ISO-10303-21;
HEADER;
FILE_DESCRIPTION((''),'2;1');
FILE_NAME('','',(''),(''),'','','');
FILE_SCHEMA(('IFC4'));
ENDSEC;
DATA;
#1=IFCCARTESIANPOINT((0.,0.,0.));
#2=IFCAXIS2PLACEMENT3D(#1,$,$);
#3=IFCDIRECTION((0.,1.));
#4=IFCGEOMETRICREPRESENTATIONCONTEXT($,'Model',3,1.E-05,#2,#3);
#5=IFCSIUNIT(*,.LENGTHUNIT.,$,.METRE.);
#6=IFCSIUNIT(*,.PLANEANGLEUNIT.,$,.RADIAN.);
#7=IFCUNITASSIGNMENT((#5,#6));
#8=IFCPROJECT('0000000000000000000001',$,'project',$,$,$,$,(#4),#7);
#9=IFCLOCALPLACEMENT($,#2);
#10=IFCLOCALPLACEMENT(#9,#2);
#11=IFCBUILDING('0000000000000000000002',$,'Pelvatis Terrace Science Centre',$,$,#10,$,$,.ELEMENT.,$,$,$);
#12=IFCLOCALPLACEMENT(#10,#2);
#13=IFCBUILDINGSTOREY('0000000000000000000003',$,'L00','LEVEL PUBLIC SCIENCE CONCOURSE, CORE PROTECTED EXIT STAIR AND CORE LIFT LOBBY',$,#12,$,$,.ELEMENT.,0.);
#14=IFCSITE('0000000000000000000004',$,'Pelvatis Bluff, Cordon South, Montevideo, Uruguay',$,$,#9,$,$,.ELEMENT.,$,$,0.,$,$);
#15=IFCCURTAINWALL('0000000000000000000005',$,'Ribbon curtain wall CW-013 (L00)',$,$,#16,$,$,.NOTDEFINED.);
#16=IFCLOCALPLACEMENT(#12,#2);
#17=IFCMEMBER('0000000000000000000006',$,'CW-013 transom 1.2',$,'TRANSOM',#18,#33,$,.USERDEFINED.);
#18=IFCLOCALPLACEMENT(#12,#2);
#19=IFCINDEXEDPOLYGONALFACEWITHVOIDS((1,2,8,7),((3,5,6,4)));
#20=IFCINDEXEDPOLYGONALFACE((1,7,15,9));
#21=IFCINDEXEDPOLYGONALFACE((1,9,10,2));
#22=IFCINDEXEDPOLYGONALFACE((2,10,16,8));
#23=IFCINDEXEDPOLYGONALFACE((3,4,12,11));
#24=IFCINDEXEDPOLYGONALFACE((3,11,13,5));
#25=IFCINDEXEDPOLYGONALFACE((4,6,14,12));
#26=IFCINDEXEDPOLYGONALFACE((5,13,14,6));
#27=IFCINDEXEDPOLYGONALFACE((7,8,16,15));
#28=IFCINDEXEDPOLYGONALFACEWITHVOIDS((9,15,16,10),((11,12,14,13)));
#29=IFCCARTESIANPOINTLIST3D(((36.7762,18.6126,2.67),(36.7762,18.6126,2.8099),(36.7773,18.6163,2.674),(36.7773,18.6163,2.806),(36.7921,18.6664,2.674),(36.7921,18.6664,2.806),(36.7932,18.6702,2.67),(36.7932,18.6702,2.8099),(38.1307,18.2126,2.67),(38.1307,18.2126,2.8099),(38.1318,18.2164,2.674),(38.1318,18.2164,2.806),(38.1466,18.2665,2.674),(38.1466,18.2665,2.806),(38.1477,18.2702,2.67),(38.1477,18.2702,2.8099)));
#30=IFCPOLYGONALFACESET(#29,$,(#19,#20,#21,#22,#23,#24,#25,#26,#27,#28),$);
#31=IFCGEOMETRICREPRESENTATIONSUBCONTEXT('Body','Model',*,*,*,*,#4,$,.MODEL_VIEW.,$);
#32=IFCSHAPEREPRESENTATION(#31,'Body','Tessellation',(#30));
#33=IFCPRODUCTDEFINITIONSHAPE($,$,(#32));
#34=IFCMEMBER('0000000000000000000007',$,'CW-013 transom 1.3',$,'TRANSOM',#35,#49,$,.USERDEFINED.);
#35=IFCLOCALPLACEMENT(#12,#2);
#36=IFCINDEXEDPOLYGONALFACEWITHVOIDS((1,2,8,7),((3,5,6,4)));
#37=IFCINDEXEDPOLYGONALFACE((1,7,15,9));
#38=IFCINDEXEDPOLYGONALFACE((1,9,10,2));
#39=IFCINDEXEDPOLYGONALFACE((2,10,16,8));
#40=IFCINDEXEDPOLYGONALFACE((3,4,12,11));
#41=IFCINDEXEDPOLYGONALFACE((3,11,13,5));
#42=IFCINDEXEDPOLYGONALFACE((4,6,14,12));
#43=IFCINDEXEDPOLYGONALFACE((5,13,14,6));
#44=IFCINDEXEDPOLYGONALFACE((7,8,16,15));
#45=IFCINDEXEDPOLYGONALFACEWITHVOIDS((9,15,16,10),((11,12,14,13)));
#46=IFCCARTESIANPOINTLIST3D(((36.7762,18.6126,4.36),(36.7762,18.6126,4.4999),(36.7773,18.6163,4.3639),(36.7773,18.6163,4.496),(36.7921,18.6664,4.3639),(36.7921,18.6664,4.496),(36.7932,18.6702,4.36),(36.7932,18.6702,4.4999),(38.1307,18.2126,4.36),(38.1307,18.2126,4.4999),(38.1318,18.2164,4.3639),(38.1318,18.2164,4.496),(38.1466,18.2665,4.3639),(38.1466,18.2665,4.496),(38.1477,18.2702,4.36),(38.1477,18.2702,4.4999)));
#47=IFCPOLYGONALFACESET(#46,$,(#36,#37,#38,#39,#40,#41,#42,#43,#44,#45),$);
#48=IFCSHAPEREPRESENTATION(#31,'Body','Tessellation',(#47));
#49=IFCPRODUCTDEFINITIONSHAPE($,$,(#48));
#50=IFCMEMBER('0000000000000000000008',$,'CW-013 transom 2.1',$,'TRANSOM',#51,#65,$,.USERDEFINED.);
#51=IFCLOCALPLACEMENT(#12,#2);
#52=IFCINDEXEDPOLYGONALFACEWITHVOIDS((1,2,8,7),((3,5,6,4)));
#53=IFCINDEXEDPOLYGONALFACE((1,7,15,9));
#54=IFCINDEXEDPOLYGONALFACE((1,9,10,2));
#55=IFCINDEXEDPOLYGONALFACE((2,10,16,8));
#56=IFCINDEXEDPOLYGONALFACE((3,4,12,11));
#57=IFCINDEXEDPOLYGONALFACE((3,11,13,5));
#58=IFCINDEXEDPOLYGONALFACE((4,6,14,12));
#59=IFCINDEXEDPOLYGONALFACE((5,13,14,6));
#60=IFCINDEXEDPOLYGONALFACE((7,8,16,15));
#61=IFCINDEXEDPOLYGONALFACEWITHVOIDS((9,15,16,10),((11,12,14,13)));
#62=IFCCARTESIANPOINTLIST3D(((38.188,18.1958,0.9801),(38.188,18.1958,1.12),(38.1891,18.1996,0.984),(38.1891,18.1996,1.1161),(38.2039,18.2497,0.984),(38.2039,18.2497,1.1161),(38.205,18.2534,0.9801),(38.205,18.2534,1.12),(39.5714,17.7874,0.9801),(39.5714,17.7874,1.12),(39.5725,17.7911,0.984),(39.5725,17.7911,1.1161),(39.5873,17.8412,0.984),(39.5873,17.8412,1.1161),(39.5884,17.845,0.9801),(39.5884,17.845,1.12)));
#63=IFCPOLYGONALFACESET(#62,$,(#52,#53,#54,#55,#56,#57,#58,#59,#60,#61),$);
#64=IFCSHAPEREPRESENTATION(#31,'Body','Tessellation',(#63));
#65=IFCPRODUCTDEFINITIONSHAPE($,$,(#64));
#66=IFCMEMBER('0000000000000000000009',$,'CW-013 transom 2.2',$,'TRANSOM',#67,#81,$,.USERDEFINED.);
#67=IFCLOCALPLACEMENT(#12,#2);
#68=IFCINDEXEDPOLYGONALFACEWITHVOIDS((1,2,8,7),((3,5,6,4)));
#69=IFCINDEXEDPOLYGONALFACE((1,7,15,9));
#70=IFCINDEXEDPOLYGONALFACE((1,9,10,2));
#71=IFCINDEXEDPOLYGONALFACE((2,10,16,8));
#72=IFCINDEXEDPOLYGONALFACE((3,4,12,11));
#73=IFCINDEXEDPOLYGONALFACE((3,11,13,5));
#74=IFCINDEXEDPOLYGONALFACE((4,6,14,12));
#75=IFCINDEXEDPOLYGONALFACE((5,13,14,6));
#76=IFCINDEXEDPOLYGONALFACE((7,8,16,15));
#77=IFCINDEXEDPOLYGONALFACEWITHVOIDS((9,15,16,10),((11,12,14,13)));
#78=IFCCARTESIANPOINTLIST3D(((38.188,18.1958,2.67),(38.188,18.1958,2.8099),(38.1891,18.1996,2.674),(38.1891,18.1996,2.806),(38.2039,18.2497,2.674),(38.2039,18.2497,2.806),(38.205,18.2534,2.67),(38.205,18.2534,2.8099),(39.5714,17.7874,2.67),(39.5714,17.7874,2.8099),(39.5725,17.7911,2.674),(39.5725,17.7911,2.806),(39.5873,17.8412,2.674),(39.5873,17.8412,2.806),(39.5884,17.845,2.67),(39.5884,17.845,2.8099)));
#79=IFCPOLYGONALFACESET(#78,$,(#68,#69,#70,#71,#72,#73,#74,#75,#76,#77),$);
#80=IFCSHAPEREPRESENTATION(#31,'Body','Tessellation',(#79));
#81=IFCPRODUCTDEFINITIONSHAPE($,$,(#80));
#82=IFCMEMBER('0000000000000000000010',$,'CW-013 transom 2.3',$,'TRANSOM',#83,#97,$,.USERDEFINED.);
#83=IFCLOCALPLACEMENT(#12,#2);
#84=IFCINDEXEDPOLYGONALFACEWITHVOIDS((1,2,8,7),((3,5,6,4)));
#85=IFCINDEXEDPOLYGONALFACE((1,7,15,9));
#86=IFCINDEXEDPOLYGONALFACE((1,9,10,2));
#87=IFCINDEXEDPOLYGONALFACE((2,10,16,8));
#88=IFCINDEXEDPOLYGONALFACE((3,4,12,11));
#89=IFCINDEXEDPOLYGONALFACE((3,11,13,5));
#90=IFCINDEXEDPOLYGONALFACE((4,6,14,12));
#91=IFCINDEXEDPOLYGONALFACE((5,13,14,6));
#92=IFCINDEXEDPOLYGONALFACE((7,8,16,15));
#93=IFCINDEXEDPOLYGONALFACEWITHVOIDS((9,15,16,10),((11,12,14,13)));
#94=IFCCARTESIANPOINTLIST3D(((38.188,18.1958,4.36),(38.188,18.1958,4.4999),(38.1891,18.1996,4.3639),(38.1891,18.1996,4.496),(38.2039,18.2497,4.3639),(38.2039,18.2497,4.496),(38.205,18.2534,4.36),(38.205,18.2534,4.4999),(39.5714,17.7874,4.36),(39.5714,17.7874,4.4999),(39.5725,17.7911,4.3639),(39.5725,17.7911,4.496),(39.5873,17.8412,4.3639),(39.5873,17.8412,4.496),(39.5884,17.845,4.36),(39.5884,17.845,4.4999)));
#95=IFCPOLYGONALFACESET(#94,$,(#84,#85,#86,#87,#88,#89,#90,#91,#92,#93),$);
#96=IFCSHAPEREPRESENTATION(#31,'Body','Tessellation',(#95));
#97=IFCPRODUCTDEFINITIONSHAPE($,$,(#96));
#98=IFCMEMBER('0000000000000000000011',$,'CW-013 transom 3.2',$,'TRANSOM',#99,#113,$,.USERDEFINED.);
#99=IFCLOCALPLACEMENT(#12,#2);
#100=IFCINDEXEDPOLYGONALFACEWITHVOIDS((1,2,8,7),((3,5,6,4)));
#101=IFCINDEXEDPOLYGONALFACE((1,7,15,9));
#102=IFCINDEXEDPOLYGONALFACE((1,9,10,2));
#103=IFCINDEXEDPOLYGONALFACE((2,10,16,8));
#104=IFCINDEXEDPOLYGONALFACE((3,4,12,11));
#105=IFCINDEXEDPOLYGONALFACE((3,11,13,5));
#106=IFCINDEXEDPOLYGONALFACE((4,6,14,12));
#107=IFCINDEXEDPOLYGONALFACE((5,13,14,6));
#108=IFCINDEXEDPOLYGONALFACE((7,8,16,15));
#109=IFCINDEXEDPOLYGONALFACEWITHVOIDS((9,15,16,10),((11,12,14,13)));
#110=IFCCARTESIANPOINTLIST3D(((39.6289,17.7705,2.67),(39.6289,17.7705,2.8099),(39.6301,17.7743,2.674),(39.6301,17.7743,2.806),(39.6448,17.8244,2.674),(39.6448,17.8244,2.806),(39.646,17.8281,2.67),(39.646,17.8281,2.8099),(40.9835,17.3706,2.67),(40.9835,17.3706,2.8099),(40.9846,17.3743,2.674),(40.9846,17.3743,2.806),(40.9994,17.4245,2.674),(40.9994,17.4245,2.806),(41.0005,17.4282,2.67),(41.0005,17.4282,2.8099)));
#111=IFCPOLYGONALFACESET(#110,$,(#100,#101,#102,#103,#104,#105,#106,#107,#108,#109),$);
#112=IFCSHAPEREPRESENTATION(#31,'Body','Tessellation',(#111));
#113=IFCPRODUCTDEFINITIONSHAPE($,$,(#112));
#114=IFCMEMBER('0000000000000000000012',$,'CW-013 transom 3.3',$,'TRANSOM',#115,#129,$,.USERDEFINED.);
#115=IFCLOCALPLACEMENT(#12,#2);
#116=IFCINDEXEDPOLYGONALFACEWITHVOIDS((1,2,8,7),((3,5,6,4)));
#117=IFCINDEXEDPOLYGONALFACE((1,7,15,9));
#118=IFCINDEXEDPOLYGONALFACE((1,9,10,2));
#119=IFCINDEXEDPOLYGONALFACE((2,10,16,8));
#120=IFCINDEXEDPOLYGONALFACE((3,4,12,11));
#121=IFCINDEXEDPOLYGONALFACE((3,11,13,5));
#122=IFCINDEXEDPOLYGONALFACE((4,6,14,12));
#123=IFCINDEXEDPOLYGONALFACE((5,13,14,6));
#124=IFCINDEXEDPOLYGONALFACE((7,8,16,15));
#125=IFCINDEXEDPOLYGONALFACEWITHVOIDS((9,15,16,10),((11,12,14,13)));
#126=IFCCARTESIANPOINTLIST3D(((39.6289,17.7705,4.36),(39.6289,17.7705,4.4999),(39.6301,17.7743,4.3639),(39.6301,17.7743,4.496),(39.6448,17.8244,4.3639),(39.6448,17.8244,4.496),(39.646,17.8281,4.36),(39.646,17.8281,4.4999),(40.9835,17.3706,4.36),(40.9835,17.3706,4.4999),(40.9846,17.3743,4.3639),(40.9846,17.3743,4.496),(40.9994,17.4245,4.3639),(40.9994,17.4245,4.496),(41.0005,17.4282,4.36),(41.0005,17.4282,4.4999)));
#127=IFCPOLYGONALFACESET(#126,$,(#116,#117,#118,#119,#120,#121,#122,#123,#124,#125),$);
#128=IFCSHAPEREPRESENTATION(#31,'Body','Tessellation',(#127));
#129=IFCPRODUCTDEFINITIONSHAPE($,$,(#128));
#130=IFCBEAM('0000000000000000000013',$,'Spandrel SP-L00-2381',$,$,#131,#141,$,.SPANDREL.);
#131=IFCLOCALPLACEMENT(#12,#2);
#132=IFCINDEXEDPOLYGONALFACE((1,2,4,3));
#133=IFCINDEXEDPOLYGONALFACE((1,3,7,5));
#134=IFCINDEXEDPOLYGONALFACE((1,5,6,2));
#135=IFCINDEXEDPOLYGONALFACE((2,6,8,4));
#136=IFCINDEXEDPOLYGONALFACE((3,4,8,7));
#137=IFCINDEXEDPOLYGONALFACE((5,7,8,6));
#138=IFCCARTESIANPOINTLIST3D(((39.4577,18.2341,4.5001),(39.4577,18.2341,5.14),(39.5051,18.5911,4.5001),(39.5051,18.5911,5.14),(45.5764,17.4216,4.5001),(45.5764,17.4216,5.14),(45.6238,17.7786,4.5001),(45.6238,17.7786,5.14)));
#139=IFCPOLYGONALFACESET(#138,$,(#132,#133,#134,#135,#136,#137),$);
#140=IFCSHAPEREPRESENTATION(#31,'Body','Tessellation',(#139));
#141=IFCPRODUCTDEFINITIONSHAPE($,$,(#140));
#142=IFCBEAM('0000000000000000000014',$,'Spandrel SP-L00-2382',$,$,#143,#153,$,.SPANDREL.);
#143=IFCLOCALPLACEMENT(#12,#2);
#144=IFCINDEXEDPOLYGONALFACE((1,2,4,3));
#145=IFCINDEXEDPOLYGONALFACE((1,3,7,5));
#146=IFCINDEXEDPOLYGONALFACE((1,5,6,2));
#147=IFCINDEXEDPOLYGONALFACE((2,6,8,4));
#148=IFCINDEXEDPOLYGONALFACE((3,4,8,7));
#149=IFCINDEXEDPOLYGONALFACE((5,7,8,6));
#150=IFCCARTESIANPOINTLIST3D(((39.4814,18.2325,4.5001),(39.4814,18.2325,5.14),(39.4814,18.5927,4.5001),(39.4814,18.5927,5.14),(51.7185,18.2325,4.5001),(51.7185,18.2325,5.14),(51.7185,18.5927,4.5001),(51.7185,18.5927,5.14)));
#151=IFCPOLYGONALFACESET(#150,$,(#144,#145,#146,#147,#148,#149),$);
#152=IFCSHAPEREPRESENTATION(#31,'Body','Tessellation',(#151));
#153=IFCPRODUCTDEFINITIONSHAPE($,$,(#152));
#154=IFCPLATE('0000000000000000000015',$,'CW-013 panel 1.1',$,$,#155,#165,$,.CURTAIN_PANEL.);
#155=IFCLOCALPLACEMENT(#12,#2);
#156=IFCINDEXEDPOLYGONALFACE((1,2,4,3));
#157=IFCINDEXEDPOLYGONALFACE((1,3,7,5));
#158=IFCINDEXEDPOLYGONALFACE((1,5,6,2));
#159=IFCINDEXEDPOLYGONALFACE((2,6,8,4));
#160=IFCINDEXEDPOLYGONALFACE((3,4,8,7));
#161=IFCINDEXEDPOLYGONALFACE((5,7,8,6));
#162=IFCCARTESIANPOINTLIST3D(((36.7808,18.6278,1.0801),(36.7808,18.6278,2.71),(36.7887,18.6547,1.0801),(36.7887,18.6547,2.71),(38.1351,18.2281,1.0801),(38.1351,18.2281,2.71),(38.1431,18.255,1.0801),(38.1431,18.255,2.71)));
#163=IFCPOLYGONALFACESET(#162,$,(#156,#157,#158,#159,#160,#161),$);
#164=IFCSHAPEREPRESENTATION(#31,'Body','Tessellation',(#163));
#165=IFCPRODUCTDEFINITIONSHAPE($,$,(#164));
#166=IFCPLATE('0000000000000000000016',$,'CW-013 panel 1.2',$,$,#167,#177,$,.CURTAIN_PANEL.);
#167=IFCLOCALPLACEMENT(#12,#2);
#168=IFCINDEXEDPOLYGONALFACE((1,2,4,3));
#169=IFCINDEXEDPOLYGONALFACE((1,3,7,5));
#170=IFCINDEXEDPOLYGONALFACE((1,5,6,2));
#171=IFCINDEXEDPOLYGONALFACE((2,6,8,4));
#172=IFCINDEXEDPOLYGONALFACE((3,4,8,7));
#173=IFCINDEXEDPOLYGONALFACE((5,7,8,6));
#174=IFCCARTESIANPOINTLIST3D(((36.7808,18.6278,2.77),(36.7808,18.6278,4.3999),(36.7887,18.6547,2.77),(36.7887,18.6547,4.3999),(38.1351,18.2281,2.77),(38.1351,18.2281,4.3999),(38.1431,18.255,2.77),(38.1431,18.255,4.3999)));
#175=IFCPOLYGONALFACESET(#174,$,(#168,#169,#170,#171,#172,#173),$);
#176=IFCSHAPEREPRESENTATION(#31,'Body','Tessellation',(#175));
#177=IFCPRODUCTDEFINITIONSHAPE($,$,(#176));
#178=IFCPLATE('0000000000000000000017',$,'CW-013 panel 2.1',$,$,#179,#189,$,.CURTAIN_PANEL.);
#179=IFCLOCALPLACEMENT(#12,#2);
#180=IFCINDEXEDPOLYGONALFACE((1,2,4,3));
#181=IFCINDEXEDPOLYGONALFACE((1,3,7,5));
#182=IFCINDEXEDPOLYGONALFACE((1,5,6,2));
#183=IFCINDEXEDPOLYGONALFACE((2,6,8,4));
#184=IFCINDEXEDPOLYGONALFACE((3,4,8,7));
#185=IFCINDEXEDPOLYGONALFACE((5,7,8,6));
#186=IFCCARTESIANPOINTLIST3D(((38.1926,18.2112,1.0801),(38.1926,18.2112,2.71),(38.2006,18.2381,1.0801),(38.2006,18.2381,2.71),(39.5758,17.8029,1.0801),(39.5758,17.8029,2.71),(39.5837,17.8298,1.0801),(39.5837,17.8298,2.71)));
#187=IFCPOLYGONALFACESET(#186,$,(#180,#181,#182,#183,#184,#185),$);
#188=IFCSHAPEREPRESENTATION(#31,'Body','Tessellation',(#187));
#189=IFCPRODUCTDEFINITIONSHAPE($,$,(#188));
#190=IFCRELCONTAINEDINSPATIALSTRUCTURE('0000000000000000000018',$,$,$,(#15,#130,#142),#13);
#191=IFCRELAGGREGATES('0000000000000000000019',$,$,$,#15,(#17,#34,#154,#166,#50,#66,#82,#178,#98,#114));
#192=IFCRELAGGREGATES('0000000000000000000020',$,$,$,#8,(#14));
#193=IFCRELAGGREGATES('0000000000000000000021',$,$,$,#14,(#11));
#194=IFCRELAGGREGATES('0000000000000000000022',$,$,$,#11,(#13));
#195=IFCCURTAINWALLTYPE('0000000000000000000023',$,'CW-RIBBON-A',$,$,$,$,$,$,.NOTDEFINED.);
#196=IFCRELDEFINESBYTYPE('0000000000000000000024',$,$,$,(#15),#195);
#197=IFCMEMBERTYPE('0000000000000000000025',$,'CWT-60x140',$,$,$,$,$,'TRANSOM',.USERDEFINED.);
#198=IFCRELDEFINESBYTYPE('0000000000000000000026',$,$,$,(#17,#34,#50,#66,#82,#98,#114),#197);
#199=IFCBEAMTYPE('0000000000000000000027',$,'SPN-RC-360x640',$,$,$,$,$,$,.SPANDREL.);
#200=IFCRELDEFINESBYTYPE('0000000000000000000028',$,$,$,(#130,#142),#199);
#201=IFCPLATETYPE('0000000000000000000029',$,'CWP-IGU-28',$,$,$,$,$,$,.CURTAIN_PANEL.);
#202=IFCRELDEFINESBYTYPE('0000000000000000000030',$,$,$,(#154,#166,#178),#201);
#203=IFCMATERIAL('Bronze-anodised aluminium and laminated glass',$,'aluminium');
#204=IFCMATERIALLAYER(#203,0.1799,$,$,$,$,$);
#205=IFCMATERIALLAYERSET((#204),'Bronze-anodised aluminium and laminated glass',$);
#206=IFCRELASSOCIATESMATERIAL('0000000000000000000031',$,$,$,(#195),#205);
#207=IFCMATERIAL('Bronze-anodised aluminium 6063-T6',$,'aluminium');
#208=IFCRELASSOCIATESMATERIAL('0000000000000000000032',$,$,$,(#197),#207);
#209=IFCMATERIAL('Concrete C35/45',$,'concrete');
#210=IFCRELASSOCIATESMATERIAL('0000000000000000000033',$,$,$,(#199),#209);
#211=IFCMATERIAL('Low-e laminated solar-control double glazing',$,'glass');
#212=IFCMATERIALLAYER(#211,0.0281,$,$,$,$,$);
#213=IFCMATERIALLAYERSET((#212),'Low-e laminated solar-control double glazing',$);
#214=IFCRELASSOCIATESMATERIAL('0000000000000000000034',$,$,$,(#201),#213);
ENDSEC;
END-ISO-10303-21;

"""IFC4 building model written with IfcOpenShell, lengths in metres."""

from ifc_helpers import new_model, si_unit, direction, frame, origin, origin_2d, place, context, subcontext, project, spatial, rectangle, hollow_rectangle, extrude, material, layer, layer_set, material_profile, profile_set, type_object, element, aggregate, save


model = new_model("IFC4")

# Units and contexts
model_context = context("Model", 3, precision=1e-05, world=origin(), true_north=direction((0.0, 1.0)))
body_context = subcontext(model_context, "Body", "Model", "MODEL_VIEW")
ifc_project = project(units=[si_unit("LENGTHUNIT", "METRE"), si_unit("PLANEANGLEUNIT", "RADIAN")], contexts=[model_context])

# Site, building, storey
site_placement = place(None, origin())
site = spatial("IfcSite", under=ifc_project, at=site_placement, Name="Pelvatis Bluff, Cordon South, Montevideo, Uruguay", CompositionType="ELEMENT", RefElevation=0.0)
building_placement = place(site_placement, origin())
building = spatial("IfcBuilding", under=site, at=building_placement, Name="Pelvatis Terrace Science Centre", CompositionType="ELEMENT")
storey_placement = place(building_placement, origin())
storey = spatial("IfcBuildingStorey", under=building, at=storey_placement, Name="L00", Description="LEVEL PUBLIC SCIENCE CONCOURSE, CORE PROTECTED EXIT STAIR AND CORE LIFT LOBBY", CompositionType="ELEMENT", Elevation=0.0)

# Curtain wall, members
ifc_material_1 = material(Name="Bronze-anodised aluminium and laminated glass", Category="aluminium")
ifc_layer_1 = layer(ifc_material_1, 0.1799)
ifc_layer_set_1 = layer_set([ifc_layer_1], Name="Bronze-anodised aluminium and laminated glass")
curtain_wall_type = type_object("IfcCurtainWallType", Name="CW-RIBBON-A", PredefinedType="NOTDEFINED", material=ifc_layer_set_1)
curtain_wall_placement = place(storey_placement, origin())
curtain_wall = element("IfcCurtainWall", 1, at=curtain_wall_placement, inside=storey, type_object=curtain_wall_type, Name="Ribbon curtain wall CW-013 (L00)", PredefinedType="NOTDEFINED")
ifc_material_2 = material(Name="Bronze-anodised aluminium 6063-T6", Category="aluminium")
ifc_material_profile_1 = material_profile(ifc_material_2, hollow_rectangle(XDim=0.0601, YDim=0.1399, WallThickness=0.0039, at=origin_2d()), Name="ALU-TRN 60x140")
ifc_profile_set_1 = profile_set([ifc_material_profile_1], Name="Bronze-anodised aluminium 6063-T6")
member_type_1 = type_object("IfcMemberType", Name="CWT-60x140", ElementType="TRANSOM", PredefinedType="USERDEFINED", material=ifc_profile_set_1)
member_1_placement = place(storey_placement, frame((36.7847, 18.6414, 2.74), z_axis=(0.959073, -0.283158, 0.0), x_axis=(0.283158, 0.959073, 0.0)))
member_1 = element("IfcMember", 2, at=member_1_placement, type_object=member_type_1, Name="CW-013 transom 1.2", ObjectType="TRANSOM", PredefinedType="USERDEFINED", context=body_context, shape_type="SweptSolid", body=[
    extrude(hollow_rectangle(XDim=0.0601, YDim=0.1399, WallThickness=0.0039, at=origin_2d()), origin(), (0.0, 0.0, 1.0), 1.4124),
])
member_2_placement = place(storey_placement, frame((36.7847, 18.6414, 4.4299), z_axis=(0.959073, -0.283158, 0.0), x_axis=(0.283158, 0.959073, 0.0)))
member_2 = element("IfcMember", 3, at=member_2_placement, type_object=member_type_1, Name="CW-013 transom 1.3", ObjectType="TRANSOM", PredefinedType="USERDEFINED", context=body_context, shape_type="SweptSolid", body=[
    extrude(hollow_rectangle(XDim=0.0601, YDim=0.1399, WallThickness=0.0039, at=origin_2d()), origin(), (0.0, 0.0, 1.0), 1.4124),
])
member_3_placement = place(storey_placement, frame((38.1965, 18.2246, 1.05), z_axis=(0.959066, -0.283183, 0.0), x_axis=(0.283183, 0.959066, 0.0)))
member_3 = element("IfcMember", 4, at=member_3_placement, type_object=member_type_1, Name="CW-013 transom 2.1", ObjectType="TRANSOM", PredefinedType="USERDEFINED", context=body_context, shape_type="SweptSolid", body=[
    extrude(hollow_rectangle(XDim=0.0601, YDim=0.1399, WallThickness=0.0039, at=origin_2d()), origin(), (0.0, 0.0, 1.0), 1.4424),
])
member_4_placement = place(storey_placement, frame((38.1965, 18.2246, 2.74), z_axis=(0.959066, -0.283183, 0.0), x_axis=(0.283183, 0.959066, 0.0)))
member_4 = element("IfcMember", 5, at=member_4_placement, type_object=member_type_1, Name="CW-013 transom 2.2", ObjectType="TRANSOM", PredefinedType="USERDEFINED", context=body_context, shape_type="SweptSolid", body=[
    extrude(hollow_rectangle(XDim=0.0601, YDim=0.1399, WallThickness=0.0039, at=origin_2d()), origin(), (0.0, 0.0, 1.0), 1.4424),
])
member_5_placement = place(storey_placement, frame((38.1965, 18.2246, 4.4299), z_axis=(0.959066, -0.283183, 0.0), x_axis=(0.283183, 0.959066, 0.0)))
member_5 = element("IfcMember", 6, at=member_5_placement, type_object=member_type_1, Name="CW-013 transom 2.3", ObjectType="TRANSOM", PredefinedType="USERDEFINED", context=body_context, shape_type="SweptSolid", body=[
    extrude(hollow_rectangle(XDim=0.0601, YDim=0.1399, WallThickness=0.0039, at=origin_2d()), origin(), (0.0, 0.0, 1.0), 1.4424),
])
member_6_placement = place(storey_placement, frame((39.6375, 17.7993, 2.74), z_axis=(0.959073, -0.283158, 0.0), x_axis=(0.283158, 0.959073, 0.0)))
member_6 = element("IfcMember", 7, at=member_6_placement, type_object=member_type_1, Name="CW-013 transom 3.2", ObjectType="TRANSOM", PredefinedType="USERDEFINED", context=body_context, shape_type="SweptSolid", body=[
    extrude(hollow_rectangle(XDim=0.0601, YDim=0.1399, WallThickness=0.0039, at=origin_2d()), origin(), (0.0, 0.0, 1.0), 1.4124),
])
member_7_placement = place(storey_placement, frame((39.6375, 17.7993, 4.4299), z_axis=(0.959073, -0.283158, 0.0), x_axis=(0.283158, 0.959073, 0.0)))
member_7 = element("IfcMember", 8, at=member_7_placement, type_object=member_type_1, Name="CW-013 transom 3.3", ObjectType="TRANSOM", PredefinedType="USERDEFINED", context=body_context, shape_type="SweptSolid", body=[
    extrude(hollow_rectangle(XDim=0.0601, YDim=0.1399, WallThickness=0.0039, at=origin_2d()), origin(), (0.0, 0.0, 1.0), 1.4124),
])

# Beams
ifc_material_3 = material(Name="Concrete C35/45", Category="concrete")
ifc_material_profile_2 = material_profile(ifc_material_3, rectangle(XDim=0.3601, YDim=0.6399, at=origin_2d()), Name="RC-SPN 360x640")
ifc_profile_set_2 = profile_set([ifc_material_profile_2], Name="Concrete C35/45")
beam_type = type_object("IfcBeamType", Name="SPN-RC-360x640", PredefinedType="SPANDREL", material=ifc_profile_set_2)
beam_1_placement = place(storey_placement, frame((39.4814, 18.4126, 4.8201), z_axis=(0.991298, -0.131635, 0.0), x_axis=(0.131635, 0.991298, 0.0)))
element("IfcBeam", 9, at=beam_1_placement, inside=storey, type_object=beam_type, Name="Spandrel SP-L00-2381", PredefinedType="SPANDREL", context=body_context, shape_type="SweptSolid", body=[
    extrude(rectangle(XDim=0.3601, YDim=0.6399, at=origin_2d()), origin(), (0.0, 0.0, 1.0), 6.1724),
])
beam_2_placement = place(storey_placement, frame((39.4814, 18.4126, 4.8201), z_axis=(1.0, 0.0, 0.0), x_axis=(0.0, 1.0, 0.0)))
element("IfcBeam", 10, at=beam_2_placement, inside=storey, type_object=beam_type, Name="Spandrel SP-L00-2382", PredefinedType="SPANDREL", context=body_context, shape_type="SweptSolid", body=[
    extrude(rectangle(XDim=0.3601, YDim=0.6399, at=origin_2d()), origin(), (0.0, 0.0, 1.0), 12.2371),
])

# Plates
ifc_material_4 = material(Name="Low-e laminated solar-control double glazing", Category="glass")
ifc_layer_2 = layer(ifc_material_4, 0.0281)
ifc_layer_set_2 = layer_set([ifc_layer_2], Name="Low-e laminated solar-control double glazing")
plate_type = type_object("IfcPlateType", Name="CWP-IGU-28", PredefinedType="CURTAIN_PANEL", material=ifc_layer_set_2)
plate_1_placement = place(storey_placement, frame((37.4619, 18.4414, 1.0801), z_axis=(0.0, 0.0, 1.0), x_axis=(0.959093, -0.283092, 0.0)))
plate_1 = element("IfcPlate", 11, at=plate_1_placement, type_object=plate_type, Name="CW-013 panel 1.1", PredefinedType="CURTAIN_PANEL", context=body_context, shape_type="SweptSolid", body=[
    extrude(rectangle(XDim=1.4121, YDim=0.0281, at=origin_2d()), origin(), (0.0, 0.0, 1.0), 1.6299),
])
plate_2_placement = place(storey_placement, frame((37.4619, 18.4414, 2.77), z_axis=(0.0, 0.0, 1.0), x_axis=(0.959093, -0.283092, 0.0)))
plate_2 = element("IfcPlate", 12, at=plate_2_placement, type_object=plate_type, Name="CW-013 panel 1.2", PredefinedType="CURTAIN_PANEL", context=body_context, shape_type="SweptSolid", body=[
    extrude(rectangle(XDim=1.4121, YDim=0.0281, at=origin_2d()), origin(), (0.0, 0.0, 1.0), 1.6299),
])
plate_3_placement = place(storey_placement, frame((38.8882, 18.0205, 1.0801), z_axis=(0.0, 0.0, 1.0), x_axis=(0.959093, -0.283092, 0.0)))
plate_3 = element("IfcPlate", 13, at=plate_3_placement, type_object=plate_type, Name="CW-013 panel 2.1", PredefinedType="CURTAIN_PANEL", context=body_context, shape_type="SweptSolid", body=[
    extrude(rectangle(XDim=1.4421, YDim=0.0281, at=origin_2d()), origin(), (0.0, 0.0, 1.0), 1.6299),
])
aggregate(curtain_wall, [member_1, member_2, plate_1, plate_2, member_3, member_4, member_5, plate_3, member_6, member_7])

save(model, "model.ifc")
